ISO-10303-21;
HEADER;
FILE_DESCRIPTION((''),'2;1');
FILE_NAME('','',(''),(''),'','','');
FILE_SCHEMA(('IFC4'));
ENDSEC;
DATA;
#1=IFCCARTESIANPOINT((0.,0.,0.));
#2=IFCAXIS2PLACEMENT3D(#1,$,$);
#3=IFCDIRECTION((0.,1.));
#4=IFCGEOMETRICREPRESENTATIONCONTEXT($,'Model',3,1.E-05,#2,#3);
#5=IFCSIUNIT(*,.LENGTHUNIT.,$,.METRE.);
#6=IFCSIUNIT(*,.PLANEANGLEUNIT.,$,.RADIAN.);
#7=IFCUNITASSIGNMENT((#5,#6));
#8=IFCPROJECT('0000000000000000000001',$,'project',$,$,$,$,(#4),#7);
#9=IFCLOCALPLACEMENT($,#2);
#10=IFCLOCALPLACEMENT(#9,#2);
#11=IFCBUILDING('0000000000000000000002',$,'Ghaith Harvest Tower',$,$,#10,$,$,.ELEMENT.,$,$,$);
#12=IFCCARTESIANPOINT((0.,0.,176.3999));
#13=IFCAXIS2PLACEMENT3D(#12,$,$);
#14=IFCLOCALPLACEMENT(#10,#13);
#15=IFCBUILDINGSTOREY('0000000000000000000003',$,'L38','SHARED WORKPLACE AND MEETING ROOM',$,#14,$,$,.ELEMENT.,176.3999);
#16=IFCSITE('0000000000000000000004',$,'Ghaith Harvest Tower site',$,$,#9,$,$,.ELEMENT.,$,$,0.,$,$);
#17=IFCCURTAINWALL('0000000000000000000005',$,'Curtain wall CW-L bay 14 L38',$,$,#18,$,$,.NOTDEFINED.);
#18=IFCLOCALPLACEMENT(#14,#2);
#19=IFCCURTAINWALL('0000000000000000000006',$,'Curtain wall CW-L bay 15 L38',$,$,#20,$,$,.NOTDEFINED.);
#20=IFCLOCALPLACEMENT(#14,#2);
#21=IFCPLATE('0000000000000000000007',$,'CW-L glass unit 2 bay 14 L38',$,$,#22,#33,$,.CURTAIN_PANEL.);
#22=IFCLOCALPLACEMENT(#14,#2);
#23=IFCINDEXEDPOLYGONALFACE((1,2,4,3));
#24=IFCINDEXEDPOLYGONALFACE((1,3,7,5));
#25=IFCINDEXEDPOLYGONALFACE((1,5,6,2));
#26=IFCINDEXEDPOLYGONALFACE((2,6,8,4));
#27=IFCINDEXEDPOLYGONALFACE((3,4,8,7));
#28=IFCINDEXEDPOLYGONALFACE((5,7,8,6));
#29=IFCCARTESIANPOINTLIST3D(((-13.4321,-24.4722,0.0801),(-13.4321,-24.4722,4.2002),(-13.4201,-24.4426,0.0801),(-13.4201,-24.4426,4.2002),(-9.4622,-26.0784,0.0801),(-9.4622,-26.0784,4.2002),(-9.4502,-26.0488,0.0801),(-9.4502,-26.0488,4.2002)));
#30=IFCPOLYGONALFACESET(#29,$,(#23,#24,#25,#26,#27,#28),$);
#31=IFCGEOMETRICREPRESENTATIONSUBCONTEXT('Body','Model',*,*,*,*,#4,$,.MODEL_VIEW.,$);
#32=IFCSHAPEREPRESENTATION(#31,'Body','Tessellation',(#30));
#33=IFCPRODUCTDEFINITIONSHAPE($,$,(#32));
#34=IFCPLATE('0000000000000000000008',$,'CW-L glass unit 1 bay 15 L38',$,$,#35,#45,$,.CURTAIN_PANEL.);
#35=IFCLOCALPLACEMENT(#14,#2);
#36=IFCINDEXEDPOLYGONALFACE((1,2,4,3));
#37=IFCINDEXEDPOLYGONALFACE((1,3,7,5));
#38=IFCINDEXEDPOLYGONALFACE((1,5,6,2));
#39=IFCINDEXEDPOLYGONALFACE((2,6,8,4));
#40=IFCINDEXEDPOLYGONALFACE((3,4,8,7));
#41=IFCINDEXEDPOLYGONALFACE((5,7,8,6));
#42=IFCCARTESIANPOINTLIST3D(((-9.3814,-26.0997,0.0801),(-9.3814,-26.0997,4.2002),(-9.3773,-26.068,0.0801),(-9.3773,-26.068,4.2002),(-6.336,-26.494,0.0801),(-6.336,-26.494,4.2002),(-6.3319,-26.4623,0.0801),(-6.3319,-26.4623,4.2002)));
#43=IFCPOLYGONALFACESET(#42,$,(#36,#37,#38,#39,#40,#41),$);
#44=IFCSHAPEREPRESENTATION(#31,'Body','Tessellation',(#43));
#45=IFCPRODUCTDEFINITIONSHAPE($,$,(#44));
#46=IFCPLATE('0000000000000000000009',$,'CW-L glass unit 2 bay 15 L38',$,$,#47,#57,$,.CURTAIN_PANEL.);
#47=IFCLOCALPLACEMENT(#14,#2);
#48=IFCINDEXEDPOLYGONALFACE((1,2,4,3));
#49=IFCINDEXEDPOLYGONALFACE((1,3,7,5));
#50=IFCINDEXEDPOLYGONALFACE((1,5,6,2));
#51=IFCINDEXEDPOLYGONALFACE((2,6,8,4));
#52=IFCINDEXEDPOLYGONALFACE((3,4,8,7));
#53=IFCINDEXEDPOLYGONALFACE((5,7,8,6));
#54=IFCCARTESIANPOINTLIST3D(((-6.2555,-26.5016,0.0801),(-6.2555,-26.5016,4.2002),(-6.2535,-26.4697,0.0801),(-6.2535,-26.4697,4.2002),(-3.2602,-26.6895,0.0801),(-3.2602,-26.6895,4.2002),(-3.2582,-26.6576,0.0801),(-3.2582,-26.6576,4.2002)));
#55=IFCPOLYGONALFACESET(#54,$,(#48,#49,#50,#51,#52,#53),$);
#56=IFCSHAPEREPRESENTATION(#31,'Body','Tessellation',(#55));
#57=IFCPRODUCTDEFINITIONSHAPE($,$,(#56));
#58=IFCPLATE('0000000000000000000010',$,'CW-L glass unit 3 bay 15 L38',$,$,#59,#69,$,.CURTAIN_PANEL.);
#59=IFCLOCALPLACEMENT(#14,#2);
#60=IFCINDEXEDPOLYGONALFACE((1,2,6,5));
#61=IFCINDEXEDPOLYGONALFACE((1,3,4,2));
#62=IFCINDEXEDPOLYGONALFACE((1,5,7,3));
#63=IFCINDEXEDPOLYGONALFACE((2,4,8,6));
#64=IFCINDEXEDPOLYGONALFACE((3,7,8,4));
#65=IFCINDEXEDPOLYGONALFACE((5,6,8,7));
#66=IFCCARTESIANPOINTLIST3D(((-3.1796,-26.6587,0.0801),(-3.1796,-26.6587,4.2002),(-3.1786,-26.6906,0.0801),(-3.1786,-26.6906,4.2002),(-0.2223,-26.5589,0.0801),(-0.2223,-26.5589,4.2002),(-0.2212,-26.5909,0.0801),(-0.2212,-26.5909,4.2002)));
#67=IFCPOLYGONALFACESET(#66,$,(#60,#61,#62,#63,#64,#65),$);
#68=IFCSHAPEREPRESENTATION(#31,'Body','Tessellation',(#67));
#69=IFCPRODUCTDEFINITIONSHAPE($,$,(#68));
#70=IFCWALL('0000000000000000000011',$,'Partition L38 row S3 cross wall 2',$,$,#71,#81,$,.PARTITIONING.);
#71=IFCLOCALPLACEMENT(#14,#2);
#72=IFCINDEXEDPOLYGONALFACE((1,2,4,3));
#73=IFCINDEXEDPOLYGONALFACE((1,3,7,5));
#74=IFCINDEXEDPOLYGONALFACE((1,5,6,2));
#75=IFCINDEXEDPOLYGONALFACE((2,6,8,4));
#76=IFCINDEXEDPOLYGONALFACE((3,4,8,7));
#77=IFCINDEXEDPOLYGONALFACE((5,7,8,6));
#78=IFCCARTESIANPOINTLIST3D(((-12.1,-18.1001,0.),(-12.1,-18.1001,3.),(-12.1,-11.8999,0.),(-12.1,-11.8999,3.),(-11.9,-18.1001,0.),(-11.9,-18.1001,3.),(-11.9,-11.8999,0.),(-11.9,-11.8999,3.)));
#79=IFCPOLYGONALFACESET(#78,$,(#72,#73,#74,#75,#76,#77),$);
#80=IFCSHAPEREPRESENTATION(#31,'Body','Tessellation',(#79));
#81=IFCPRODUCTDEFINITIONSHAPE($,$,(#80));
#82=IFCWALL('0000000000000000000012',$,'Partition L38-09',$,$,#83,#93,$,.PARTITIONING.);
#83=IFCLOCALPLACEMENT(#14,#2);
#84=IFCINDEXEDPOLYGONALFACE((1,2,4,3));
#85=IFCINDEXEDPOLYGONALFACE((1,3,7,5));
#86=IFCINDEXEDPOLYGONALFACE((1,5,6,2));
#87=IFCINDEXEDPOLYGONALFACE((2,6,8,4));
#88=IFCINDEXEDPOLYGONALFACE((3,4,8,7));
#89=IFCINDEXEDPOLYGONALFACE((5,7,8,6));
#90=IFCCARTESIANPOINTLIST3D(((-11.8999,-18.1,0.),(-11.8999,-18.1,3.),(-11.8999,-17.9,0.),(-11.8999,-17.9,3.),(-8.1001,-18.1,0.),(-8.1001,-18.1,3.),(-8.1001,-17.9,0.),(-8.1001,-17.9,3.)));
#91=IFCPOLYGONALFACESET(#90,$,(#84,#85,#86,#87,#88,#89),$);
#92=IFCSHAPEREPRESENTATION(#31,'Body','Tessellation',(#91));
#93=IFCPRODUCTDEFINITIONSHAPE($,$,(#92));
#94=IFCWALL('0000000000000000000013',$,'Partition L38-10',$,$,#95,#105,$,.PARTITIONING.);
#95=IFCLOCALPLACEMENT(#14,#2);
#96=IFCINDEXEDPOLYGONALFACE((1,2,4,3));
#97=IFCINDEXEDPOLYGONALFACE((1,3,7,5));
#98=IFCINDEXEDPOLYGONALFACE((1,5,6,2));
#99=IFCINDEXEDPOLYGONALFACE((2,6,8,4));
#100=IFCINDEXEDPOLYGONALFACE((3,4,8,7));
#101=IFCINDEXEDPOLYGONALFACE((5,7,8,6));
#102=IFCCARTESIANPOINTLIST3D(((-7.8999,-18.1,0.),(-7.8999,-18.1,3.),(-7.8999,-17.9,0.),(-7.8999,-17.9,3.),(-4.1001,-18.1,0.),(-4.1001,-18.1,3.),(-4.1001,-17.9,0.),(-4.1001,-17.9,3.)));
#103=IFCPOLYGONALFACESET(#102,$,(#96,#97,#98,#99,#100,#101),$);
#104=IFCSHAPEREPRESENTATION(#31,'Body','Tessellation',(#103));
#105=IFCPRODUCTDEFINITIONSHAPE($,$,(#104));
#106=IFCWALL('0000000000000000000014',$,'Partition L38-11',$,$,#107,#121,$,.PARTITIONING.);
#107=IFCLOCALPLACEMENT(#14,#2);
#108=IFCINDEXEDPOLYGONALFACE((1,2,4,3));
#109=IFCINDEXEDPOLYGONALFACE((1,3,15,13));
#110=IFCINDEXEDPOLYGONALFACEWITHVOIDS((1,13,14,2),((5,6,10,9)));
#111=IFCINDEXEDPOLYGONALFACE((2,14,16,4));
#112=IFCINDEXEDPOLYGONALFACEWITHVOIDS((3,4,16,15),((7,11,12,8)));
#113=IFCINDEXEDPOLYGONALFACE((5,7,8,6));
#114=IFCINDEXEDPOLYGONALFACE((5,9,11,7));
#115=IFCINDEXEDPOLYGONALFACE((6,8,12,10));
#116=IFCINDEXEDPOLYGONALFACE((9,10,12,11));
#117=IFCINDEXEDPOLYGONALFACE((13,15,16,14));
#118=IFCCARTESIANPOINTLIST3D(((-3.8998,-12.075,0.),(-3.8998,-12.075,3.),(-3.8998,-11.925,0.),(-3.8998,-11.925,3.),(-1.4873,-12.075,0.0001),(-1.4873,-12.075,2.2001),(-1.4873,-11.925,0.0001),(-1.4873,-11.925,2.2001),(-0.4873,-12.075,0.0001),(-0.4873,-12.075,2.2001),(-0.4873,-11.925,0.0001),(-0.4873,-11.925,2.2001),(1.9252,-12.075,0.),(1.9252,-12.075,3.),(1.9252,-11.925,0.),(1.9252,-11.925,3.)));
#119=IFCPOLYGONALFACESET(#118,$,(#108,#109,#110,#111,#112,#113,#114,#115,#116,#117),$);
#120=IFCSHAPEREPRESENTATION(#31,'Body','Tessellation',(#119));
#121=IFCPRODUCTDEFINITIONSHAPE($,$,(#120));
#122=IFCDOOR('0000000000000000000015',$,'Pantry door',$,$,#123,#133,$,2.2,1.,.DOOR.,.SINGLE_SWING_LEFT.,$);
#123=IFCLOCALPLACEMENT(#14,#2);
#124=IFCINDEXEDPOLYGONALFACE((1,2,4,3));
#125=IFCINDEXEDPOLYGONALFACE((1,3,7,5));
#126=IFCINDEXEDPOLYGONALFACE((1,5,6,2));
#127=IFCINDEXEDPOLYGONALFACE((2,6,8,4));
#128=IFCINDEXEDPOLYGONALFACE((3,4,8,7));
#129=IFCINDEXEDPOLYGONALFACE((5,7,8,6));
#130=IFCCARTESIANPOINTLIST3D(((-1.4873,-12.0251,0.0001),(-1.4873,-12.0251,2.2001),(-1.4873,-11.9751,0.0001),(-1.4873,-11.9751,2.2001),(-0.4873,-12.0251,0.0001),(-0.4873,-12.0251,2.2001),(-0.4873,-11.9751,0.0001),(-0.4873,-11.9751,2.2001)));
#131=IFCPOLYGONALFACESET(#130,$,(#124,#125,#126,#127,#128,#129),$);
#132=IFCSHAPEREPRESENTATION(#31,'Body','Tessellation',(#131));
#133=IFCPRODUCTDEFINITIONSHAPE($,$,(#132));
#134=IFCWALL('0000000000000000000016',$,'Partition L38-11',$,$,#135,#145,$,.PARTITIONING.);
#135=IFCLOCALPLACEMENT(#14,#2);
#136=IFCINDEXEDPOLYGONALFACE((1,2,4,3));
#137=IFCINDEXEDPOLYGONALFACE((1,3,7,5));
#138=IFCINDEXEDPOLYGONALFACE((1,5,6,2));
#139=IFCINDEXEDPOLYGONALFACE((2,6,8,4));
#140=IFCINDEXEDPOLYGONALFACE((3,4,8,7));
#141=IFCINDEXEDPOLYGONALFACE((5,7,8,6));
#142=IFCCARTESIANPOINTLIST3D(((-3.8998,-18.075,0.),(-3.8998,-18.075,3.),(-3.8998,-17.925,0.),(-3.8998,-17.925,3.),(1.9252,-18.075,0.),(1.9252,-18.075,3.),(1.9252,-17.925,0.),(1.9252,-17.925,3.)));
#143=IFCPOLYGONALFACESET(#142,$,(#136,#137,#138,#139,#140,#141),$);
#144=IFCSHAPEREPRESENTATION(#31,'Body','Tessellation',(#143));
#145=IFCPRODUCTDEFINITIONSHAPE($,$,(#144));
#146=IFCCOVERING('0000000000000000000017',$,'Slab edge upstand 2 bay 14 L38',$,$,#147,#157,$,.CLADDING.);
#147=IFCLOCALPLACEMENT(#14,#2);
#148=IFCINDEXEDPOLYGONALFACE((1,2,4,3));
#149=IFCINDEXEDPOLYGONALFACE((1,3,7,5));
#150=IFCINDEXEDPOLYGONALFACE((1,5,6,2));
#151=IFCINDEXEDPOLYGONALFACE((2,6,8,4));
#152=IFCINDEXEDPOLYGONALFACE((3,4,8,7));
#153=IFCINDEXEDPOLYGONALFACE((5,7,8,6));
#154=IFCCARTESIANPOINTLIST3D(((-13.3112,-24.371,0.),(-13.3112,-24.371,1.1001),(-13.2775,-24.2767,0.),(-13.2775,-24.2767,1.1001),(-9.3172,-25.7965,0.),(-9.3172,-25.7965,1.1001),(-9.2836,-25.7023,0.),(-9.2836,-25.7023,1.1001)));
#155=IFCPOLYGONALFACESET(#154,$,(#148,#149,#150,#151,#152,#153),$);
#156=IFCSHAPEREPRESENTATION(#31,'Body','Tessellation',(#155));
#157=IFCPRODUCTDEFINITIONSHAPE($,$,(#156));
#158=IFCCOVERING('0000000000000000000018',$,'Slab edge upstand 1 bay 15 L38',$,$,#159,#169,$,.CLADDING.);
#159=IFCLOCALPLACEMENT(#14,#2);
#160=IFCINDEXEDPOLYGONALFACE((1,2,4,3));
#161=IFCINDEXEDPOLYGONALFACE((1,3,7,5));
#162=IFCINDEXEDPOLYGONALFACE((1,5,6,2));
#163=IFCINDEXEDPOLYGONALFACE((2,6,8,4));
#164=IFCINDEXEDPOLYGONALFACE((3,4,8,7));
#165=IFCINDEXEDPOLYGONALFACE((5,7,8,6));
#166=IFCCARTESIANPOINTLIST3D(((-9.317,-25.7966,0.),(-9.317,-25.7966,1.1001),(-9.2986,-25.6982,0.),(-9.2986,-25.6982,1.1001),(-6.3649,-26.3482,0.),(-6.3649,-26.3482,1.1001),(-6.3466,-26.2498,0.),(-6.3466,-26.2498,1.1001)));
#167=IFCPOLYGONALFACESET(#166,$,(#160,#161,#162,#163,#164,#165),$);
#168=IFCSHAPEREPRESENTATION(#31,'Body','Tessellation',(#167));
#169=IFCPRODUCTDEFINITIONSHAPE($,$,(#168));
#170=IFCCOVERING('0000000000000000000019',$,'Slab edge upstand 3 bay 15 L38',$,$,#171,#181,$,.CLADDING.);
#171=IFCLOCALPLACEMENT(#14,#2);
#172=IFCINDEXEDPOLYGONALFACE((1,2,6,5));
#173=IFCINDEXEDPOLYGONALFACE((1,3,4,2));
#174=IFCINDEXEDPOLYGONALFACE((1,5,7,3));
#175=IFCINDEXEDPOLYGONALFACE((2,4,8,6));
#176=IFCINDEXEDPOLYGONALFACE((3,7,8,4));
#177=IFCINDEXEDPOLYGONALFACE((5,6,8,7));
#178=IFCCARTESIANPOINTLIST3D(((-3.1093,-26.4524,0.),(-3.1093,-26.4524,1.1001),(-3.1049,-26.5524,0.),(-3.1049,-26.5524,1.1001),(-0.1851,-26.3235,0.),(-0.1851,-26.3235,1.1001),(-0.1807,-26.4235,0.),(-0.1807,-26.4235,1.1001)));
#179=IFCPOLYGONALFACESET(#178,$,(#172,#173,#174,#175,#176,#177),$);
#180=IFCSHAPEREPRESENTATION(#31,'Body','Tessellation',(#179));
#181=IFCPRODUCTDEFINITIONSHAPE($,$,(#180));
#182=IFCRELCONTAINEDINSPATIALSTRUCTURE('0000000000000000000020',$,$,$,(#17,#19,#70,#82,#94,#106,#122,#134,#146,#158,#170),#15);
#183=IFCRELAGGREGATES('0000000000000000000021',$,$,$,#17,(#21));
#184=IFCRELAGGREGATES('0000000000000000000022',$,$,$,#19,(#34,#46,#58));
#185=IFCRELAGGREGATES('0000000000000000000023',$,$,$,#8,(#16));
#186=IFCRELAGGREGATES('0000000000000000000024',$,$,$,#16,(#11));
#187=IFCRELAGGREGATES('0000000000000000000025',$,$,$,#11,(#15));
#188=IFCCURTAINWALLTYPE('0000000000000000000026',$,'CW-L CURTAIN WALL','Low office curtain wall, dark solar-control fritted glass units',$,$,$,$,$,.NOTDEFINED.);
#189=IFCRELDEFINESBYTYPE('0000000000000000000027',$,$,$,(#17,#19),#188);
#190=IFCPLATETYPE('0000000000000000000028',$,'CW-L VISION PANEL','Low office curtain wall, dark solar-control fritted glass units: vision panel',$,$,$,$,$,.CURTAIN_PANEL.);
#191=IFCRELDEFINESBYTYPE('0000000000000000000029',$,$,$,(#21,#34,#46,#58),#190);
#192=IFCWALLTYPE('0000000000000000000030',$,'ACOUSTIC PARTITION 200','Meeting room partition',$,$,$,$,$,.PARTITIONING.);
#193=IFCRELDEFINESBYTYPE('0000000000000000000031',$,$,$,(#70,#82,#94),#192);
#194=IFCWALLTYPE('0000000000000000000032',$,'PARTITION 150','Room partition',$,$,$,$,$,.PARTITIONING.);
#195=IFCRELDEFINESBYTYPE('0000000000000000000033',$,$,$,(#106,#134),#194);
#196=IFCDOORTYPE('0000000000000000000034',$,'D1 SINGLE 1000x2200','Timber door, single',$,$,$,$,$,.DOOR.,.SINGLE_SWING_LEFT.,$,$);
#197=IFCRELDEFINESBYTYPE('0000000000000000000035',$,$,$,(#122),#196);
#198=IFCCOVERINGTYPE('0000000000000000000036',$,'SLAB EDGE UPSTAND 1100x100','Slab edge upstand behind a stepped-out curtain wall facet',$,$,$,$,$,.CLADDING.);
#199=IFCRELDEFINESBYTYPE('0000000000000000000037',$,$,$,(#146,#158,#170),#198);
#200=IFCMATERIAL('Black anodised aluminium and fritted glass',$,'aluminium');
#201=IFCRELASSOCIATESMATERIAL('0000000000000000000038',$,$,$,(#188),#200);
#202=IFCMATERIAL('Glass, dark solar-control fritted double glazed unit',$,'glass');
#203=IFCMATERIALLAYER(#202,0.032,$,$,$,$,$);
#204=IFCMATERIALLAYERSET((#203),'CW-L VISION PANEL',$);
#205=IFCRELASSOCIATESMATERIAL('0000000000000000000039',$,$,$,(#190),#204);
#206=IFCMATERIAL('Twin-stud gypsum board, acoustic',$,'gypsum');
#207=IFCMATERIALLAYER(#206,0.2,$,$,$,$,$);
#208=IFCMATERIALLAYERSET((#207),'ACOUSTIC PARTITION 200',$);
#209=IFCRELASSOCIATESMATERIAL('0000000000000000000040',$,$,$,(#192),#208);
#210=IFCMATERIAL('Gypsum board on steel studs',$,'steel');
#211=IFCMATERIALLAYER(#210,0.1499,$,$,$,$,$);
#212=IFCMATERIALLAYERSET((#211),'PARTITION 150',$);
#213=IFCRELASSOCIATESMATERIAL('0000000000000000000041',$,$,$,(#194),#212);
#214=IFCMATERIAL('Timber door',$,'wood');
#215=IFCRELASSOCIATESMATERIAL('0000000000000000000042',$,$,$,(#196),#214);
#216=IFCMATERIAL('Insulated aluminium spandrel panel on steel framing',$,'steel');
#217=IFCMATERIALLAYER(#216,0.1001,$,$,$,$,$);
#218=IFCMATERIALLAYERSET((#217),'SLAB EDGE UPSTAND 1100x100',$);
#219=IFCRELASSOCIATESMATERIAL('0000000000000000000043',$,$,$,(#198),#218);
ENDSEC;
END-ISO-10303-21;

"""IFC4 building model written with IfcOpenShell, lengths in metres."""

from ifc_helpers import new_model, si_unit, direction, frame, frame_2d, origin, origin_2d, place, context, subcontext, project, spatial, rectangle, extrude, material, layer, layer_set, type_object, element, fill, aggregate, save


model = new_model("IFC4")

# Units and contexts
model_context = context("Model", 3, precision=1e-05, world=origin(), true_north=direction((0.0, 1.0)))
body_context = subcontext(model_context, "Body", "Model", "MODEL_VIEW")
ifc_project = project(units=[si_unit("LENGTHUNIT", "METRE"), si_unit("PLANEANGLEUNIT", "RADIAN")], contexts=[model_context])

# Site, building, storey
site_placement = place(None, origin())
site = spatial("IfcSite", under=ifc_project, at=site_placement, Name="Ghaith Harvest Tower site", CompositionType="ELEMENT", RefElevation=0.0)
building_placement = place(site_placement, origin())
building = spatial("IfcBuilding", under=site, at=building_placement, Name="Ghaith Harvest Tower", CompositionType="ELEMENT")
storey_placement = place(building_placement, frame((0.0, 0.0, 176.3999)))
storey = spatial("IfcBuildingStorey", under=building, at=storey_placement, Name="L38", Description="SHARED WORKPLACE AND MEETING ROOM", CompositionType="ELEMENT", Elevation=176.3999)

# Curtain wall
ifc_material_1 = material(Name="Black anodised aluminium and fritted glass", Category="aluminium")
curtain_wall_type = type_object("IfcCurtainWallType", Name="CW-L CURTAIN WALL", Description="Low office curtain wall, dark solar-control fritted glass units", PredefinedType="NOTDEFINED", material=ifc_material_1)
curtain_wall_1_placement = place(storey_placement, origin())
curtain_wall_1 = element("IfcCurtainWall", 1, at=curtain_wall_1_placement, inside=storey, type_object=curtain_wall_type, Name="Curtain wall CW-L bay 14 L38", PredefinedType="NOTDEFINED")

# Curtain wall
curtain_wall_2_placement = place(storey_placement, origin())
curtain_wall_2 = element("IfcCurtainWall", 2, at=curtain_wall_2_placement, inside=storey, type_object=curtain_wall_type, Name="Curtain wall CW-L bay 15 L38", PredefinedType="NOTDEFINED")

# Plates
ifc_material_2 = material(Name="Glass, dark solar-control fritted double glazed unit", Category="glass")
ifc_layer_1 = layer(ifc_material_2, 0.032)
ifc_layer_set_1 = layer_set([ifc_layer_1], Name="CW-L VISION PANEL")
plate_type = type_object("IfcPlateType", Name="CW-L VISION PANEL", Description="Low office curtain wall, dark solar-control fritted glass units: vision panel", PredefinedType="CURTAIN_PANEL", material=ifc_layer_set_1)
plate_1_placement = place(storey_placement, frame((-11.4412, -25.2605, 0.0801), z_axis=(0.0, 0.0, 1.0), x_axis=(0.927003, -0.375055, 0.0)))
plate_1 = element("IfcPlate", 3, at=plate_1_placement, type_object=plate_type, Name="CW-L glass unit 2 bay 14 L38", PredefinedType="CURTAIN_PANEL", context=body_context, shape_type="SweptSolid", body=[
    extrude(rectangle(XDim=4.2825, YDim=0.032, at=origin_2d()), origin(), (0.0, 0.0, 1.0), 4.1201),
])
aggregate(curtain_wall_1, [plate_1])
plate_2_placement = place(storey_placement, frame((-7.8567, -26.281, 0.0801), z_axis=(0.0, 0.0, 1.0), x_axis=(0.991723, -0.128392, 0.0)))
plate_2 = element("IfcPlate", 4, at=plate_2_placement, type_object=plate_type, Name="CW-L glass unit 1 bay 15 L38", PredefinedType="CURTAIN_PANEL", context=body_context, shape_type="SweptSolid", body=[
    extrude(rectangle(XDim=3.0708, YDim=0.032, at=origin_2d()), origin(), (0.0, 0.0, 1.0), 4.1201),
])
plate_3_placement = place(storey_placement, frame((-4.7568, -26.5796, 0.0801), z_axis=(0.0, 0.0, 1.0), x_axis=(0.998038, -0.062607, 0.0)))
plate_3 = element("IfcPlate", 5, at=plate_3_placement, type_object=plate_type, Name="CW-L glass unit 2 bay 15 L38", PredefinedType="CURTAIN_PANEL", context=body_context, shape_type="SweptSolid", body=[
    extrude(rectangle(XDim=3.0012, YDim=0.032, at=origin_2d()), origin(), (0.0, 0.0, 1.0), 4.1201),
])
plate_4_placement = place(storey_placement, frame((-1.7004, -26.6248, 0.0801), z_axis=(0.0, 0.0, 1.0), x_axis=(0.999432, 0.033714, 0.0)))
plate_4 = element("IfcPlate", 6, at=plate_4_placement, type_object=plate_type, Name="CW-L glass unit 3 bay 15 L38", PredefinedType="CURTAIN_PANEL", context=body_context, shape_type="SweptSolid", body=[
    extrude(rectangle(XDim=2.959, YDim=0.032, at=origin_2d()), origin(), (0.0, 0.0, 1.0), 4.1201),
])
aggregate(curtain_wall_2, [plate_2, plate_3, plate_4])

# Wall
ifc_material_3 = material(Name="Twin-stud gypsum board, acoustic", Category="gypsum")
ifc_layer_2 = layer(ifc_material_3, 0.2)
ifc_layer_set_2 = layer_set([ifc_layer_2], Name="ACOUSTIC PARTITION 200")
wall_type_1 = type_object("IfcWallType", Name="ACOUSTIC PARTITION 200", Description="Meeting room partition", PredefinedType="PARTITIONING", material=ifc_layer_set_2)
wall_1_placement = place(storey_placement, frame((-12.0, -11.8999, 0.0), z_axis=(0.0, 0.0, 1.0), x_axis=(0.0, -1.0, 0.0)))
element("IfcWall", 7, at=wall_1_placement, inside=storey, type_object=wall_type_1, Name="Partition L38 row S3 cross wall 2", PredefinedType="PARTITIONING", context=body_context, shape_type="SweptSolid", body=[
    extrude(rectangle(XDim=6.2002, YDim=0.2, at=frame_2d((3.1001, 0.0))), origin(), (0.0, 0.0, 1.0), 3.0),
])

# Wall
wall_2_placement = place(storey_placement, frame((-11.8999, -18.0, 0.0), z_axis=(0.0, 0.0, 1.0), x_axis=(1.0, 0.0, 0.0)))
element("IfcWall", 8, at=wall_2_placement, inside=storey, type_object=wall_type_1, Name="Partition L38-09", PredefinedType="PARTITIONING", context=body_context, shape_type="SweptSolid", body=[
    extrude(rectangle(XDim=3.7998, YDim=0.2, at=frame_2d((1.8999, 0.0))), origin(), (0.0, 0.0, 1.0), 3.0),
])

# Wall
wall_3_placement = place(storey_placement, frame((-7.8999, -18.0, 0.0), z_axis=(0.0, 0.0, 1.0), x_axis=(1.0, 0.0, 0.0)))
element("IfcWall", 9, at=wall_3_placement, inside=storey, type_object=wall_type_1, Name="Partition L38-10", PredefinedType="PARTITIONING", context=body_context, shape_type="SweptSolid", body=[
    extrude(rectangle(XDim=3.7998, YDim=0.2, at=frame_2d((1.8999, 0.0))), origin(), (0.0, 0.0, 1.0), 3.0),
])

# Wall, opening, door
ifc_material_4 = material(Name="Gypsum board on steel studs", Category="steel")
ifc_layer_3 = layer(ifc_material_4, 0.1499)
ifc_layer_set_3 = layer_set([ifc_layer_3], Name="PARTITION 150")
wall_type_2 = type_object("IfcWallType", Name="PARTITION 150", Description="Room partition", PredefinedType="PARTITIONING", material=ifc_layer_set_3)
wall_4_placement = place(storey_placement, frame((-3.8999, -12.0, 0.0), z_axis=(0.0, 0.0, 1.0), x_axis=(1.0, 0.0, 0.0)))
wall_4 = element("IfcWall", 10, at=wall_4_placement, inside=storey, type_object=wall_type_2, Name="Partition L38-11", PredefinedType="PARTITIONING", context=body_context, shape_type="SweptSolid", body=[
    extrude(rectangle(XDim=5.825, YDim=0.1499, at=frame_2d((2.9126, 0.0))), origin(), (0.0, 0.0, 1.0), 3.0),
])
opening_1_placement = place(wall_4_placement, frame((2.4126, 0.0, 0.0)))
opening_1 = element("IfcOpeningElement", 11, at=opening_1_placement, cuts=wall_4, PredefinedType="OPENING", context=body_context, shape_type="SweptSolid", body=[
    extrude(rectangle(XDim=1.0, YDim=2.2, at=frame_2d((0.5, 1.1001))), frame((0.0, 0.085, 0.0), z_axis=(0.0, -1.0, 0.0), x_axis=(1.0, 0.0, 0.0)), (0.0, 0.0, 1.0), 0.1699),
])
ifc_material_5 = material(Name="Timber door", Category="wood")
door_type_1 = type_object("IfcDoorType", Name="D1 SINGLE 1000x2200", Description="Timber door, single", OperationType="SINGLE_SWING_LEFT", PredefinedType="DOOR", material=ifc_material_5)
door_1_placement = place(opening_1_placement, origin())
door_1 = element("IfcDoor", 12, at=door_1_placement, inside=storey, type_object=door_type_1, Name="Pantry door", OperationType="SINGLE_SWING_LEFT", OverallHeight=2.2, OverallWidth=1.0, PredefinedType="DOOR", context=body_context, shape_type="SweptSolid", body=[
    extrude(rectangle(XDim=1.0, YDim=2.2, at=frame_2d((0.5, 1.1001))), frame((0.0, 0.0249, 0.0), z_axis=(0.0, -1.0, 0.0), x_axis=(1.0, 0.0, 0.0)), (0.0, 0.0, 1.0), 0.05),
])
fill(opening_1, door_1)

# Wall
wall_5_placement = place(storey_placement, frame((-3.8999, -18.0, 0.0), z_axis=(0.0, 0.0, 1.0), x_axis=(1.0, 0.0, 0.0)))
element("IfcWall", 13, at=wall_5_placement, inside=storey, type_object=wall_type_2, Name="Partition L38-11", PredefinedType="PARTITIONING", context=body_context, shape_type="SweptSolid", body=[
    extrude(rectangle(XDim=5.825, YDim=0.1499, at=frame_2d((2.9126, 0.0))), origin(), (0.0, 0.0, 1.0), 3.0),
])

# Coverings
ifc_material_6 = material(Name="Insulated aluminium spandrel panel on steel framing", Category="steel")
ifc_layer_4 = layer(ifc_material_6, 0.1001)
ifc_layer_set_4 = layer_set([ifc_layer_4], Name="SLAB EDGE UPSTAND 1100x100")
covering_type = type_object("IfcCoveringType", Name="SLAB EDGE UPSTAND 1100x100", Description="Slab edge upstand behind a stepped-out curtain wall facet", PredefinedType="CLADDING", material=ifc_layer_set_4)
covering_1_placement = place(storey_placement, frame((-11.2974, -25.0366, 0.0), z_axis=(0.0, 0.0, 1.0), x_axis=(0.941807, -0.336154, 0.0)))
element("IfcCovering", 14, at=covering_1_placement, inside=storey, type_object=covering_type, Name="Slab edge upstand 2 bay 14 L38", PredefinedType="CLADDING", context=body_context, shape_type="SweptSolid", body=[
    extrude(rectangle(XDim=4.2407, YDim=0.1001, at=origin_2d()), origin(), (0.0, 0.0, 1.0), 1.1001),
])
covering_2_placement = place(storey_placement, frame((-7.8318, -26.0232, 0.0), z_axis=(0.0, 0.0, 1.0), x_axis=(0.98299, -0.183659, 0.0)))
element("IfcCovering", 15, at=covering_2_placement, inside=storey, type_object=covering_type, Name="Slab edge upstand 1 bay 15 L38", PredefinedType="CLADDING", context=body_context, shape_type="SweptSolid", body=[
    extrude(rectangle(XDim=3.0032, YDim=0.1001, at=origin_2d()), origin(), (0.0, 0.0, 1.0), 1.1001),
])
covering_3_placement = place(storey_placement, frame((-1.645, -26.438, 0.0), z_axis=(0.0, 0.0, 1.0), x_axis=(0.99903, 0.044045, 0.0)))
element("IfcCovering", 16, at=covering_3_placement, inside=storey, type_object=covering_type, Name="Slab edge upstand 3 bay 15 L38", PredefinedType="CLADDING", context=body_context, shape_type="SweptSolid", body=[
    extrude(rectangle(XDim=2.927, YDim=0.1001, at=origin_2d()), origin(), (0.0, 0.0, 1.0), 1.1001),
])

save(model, "model.ifc")
